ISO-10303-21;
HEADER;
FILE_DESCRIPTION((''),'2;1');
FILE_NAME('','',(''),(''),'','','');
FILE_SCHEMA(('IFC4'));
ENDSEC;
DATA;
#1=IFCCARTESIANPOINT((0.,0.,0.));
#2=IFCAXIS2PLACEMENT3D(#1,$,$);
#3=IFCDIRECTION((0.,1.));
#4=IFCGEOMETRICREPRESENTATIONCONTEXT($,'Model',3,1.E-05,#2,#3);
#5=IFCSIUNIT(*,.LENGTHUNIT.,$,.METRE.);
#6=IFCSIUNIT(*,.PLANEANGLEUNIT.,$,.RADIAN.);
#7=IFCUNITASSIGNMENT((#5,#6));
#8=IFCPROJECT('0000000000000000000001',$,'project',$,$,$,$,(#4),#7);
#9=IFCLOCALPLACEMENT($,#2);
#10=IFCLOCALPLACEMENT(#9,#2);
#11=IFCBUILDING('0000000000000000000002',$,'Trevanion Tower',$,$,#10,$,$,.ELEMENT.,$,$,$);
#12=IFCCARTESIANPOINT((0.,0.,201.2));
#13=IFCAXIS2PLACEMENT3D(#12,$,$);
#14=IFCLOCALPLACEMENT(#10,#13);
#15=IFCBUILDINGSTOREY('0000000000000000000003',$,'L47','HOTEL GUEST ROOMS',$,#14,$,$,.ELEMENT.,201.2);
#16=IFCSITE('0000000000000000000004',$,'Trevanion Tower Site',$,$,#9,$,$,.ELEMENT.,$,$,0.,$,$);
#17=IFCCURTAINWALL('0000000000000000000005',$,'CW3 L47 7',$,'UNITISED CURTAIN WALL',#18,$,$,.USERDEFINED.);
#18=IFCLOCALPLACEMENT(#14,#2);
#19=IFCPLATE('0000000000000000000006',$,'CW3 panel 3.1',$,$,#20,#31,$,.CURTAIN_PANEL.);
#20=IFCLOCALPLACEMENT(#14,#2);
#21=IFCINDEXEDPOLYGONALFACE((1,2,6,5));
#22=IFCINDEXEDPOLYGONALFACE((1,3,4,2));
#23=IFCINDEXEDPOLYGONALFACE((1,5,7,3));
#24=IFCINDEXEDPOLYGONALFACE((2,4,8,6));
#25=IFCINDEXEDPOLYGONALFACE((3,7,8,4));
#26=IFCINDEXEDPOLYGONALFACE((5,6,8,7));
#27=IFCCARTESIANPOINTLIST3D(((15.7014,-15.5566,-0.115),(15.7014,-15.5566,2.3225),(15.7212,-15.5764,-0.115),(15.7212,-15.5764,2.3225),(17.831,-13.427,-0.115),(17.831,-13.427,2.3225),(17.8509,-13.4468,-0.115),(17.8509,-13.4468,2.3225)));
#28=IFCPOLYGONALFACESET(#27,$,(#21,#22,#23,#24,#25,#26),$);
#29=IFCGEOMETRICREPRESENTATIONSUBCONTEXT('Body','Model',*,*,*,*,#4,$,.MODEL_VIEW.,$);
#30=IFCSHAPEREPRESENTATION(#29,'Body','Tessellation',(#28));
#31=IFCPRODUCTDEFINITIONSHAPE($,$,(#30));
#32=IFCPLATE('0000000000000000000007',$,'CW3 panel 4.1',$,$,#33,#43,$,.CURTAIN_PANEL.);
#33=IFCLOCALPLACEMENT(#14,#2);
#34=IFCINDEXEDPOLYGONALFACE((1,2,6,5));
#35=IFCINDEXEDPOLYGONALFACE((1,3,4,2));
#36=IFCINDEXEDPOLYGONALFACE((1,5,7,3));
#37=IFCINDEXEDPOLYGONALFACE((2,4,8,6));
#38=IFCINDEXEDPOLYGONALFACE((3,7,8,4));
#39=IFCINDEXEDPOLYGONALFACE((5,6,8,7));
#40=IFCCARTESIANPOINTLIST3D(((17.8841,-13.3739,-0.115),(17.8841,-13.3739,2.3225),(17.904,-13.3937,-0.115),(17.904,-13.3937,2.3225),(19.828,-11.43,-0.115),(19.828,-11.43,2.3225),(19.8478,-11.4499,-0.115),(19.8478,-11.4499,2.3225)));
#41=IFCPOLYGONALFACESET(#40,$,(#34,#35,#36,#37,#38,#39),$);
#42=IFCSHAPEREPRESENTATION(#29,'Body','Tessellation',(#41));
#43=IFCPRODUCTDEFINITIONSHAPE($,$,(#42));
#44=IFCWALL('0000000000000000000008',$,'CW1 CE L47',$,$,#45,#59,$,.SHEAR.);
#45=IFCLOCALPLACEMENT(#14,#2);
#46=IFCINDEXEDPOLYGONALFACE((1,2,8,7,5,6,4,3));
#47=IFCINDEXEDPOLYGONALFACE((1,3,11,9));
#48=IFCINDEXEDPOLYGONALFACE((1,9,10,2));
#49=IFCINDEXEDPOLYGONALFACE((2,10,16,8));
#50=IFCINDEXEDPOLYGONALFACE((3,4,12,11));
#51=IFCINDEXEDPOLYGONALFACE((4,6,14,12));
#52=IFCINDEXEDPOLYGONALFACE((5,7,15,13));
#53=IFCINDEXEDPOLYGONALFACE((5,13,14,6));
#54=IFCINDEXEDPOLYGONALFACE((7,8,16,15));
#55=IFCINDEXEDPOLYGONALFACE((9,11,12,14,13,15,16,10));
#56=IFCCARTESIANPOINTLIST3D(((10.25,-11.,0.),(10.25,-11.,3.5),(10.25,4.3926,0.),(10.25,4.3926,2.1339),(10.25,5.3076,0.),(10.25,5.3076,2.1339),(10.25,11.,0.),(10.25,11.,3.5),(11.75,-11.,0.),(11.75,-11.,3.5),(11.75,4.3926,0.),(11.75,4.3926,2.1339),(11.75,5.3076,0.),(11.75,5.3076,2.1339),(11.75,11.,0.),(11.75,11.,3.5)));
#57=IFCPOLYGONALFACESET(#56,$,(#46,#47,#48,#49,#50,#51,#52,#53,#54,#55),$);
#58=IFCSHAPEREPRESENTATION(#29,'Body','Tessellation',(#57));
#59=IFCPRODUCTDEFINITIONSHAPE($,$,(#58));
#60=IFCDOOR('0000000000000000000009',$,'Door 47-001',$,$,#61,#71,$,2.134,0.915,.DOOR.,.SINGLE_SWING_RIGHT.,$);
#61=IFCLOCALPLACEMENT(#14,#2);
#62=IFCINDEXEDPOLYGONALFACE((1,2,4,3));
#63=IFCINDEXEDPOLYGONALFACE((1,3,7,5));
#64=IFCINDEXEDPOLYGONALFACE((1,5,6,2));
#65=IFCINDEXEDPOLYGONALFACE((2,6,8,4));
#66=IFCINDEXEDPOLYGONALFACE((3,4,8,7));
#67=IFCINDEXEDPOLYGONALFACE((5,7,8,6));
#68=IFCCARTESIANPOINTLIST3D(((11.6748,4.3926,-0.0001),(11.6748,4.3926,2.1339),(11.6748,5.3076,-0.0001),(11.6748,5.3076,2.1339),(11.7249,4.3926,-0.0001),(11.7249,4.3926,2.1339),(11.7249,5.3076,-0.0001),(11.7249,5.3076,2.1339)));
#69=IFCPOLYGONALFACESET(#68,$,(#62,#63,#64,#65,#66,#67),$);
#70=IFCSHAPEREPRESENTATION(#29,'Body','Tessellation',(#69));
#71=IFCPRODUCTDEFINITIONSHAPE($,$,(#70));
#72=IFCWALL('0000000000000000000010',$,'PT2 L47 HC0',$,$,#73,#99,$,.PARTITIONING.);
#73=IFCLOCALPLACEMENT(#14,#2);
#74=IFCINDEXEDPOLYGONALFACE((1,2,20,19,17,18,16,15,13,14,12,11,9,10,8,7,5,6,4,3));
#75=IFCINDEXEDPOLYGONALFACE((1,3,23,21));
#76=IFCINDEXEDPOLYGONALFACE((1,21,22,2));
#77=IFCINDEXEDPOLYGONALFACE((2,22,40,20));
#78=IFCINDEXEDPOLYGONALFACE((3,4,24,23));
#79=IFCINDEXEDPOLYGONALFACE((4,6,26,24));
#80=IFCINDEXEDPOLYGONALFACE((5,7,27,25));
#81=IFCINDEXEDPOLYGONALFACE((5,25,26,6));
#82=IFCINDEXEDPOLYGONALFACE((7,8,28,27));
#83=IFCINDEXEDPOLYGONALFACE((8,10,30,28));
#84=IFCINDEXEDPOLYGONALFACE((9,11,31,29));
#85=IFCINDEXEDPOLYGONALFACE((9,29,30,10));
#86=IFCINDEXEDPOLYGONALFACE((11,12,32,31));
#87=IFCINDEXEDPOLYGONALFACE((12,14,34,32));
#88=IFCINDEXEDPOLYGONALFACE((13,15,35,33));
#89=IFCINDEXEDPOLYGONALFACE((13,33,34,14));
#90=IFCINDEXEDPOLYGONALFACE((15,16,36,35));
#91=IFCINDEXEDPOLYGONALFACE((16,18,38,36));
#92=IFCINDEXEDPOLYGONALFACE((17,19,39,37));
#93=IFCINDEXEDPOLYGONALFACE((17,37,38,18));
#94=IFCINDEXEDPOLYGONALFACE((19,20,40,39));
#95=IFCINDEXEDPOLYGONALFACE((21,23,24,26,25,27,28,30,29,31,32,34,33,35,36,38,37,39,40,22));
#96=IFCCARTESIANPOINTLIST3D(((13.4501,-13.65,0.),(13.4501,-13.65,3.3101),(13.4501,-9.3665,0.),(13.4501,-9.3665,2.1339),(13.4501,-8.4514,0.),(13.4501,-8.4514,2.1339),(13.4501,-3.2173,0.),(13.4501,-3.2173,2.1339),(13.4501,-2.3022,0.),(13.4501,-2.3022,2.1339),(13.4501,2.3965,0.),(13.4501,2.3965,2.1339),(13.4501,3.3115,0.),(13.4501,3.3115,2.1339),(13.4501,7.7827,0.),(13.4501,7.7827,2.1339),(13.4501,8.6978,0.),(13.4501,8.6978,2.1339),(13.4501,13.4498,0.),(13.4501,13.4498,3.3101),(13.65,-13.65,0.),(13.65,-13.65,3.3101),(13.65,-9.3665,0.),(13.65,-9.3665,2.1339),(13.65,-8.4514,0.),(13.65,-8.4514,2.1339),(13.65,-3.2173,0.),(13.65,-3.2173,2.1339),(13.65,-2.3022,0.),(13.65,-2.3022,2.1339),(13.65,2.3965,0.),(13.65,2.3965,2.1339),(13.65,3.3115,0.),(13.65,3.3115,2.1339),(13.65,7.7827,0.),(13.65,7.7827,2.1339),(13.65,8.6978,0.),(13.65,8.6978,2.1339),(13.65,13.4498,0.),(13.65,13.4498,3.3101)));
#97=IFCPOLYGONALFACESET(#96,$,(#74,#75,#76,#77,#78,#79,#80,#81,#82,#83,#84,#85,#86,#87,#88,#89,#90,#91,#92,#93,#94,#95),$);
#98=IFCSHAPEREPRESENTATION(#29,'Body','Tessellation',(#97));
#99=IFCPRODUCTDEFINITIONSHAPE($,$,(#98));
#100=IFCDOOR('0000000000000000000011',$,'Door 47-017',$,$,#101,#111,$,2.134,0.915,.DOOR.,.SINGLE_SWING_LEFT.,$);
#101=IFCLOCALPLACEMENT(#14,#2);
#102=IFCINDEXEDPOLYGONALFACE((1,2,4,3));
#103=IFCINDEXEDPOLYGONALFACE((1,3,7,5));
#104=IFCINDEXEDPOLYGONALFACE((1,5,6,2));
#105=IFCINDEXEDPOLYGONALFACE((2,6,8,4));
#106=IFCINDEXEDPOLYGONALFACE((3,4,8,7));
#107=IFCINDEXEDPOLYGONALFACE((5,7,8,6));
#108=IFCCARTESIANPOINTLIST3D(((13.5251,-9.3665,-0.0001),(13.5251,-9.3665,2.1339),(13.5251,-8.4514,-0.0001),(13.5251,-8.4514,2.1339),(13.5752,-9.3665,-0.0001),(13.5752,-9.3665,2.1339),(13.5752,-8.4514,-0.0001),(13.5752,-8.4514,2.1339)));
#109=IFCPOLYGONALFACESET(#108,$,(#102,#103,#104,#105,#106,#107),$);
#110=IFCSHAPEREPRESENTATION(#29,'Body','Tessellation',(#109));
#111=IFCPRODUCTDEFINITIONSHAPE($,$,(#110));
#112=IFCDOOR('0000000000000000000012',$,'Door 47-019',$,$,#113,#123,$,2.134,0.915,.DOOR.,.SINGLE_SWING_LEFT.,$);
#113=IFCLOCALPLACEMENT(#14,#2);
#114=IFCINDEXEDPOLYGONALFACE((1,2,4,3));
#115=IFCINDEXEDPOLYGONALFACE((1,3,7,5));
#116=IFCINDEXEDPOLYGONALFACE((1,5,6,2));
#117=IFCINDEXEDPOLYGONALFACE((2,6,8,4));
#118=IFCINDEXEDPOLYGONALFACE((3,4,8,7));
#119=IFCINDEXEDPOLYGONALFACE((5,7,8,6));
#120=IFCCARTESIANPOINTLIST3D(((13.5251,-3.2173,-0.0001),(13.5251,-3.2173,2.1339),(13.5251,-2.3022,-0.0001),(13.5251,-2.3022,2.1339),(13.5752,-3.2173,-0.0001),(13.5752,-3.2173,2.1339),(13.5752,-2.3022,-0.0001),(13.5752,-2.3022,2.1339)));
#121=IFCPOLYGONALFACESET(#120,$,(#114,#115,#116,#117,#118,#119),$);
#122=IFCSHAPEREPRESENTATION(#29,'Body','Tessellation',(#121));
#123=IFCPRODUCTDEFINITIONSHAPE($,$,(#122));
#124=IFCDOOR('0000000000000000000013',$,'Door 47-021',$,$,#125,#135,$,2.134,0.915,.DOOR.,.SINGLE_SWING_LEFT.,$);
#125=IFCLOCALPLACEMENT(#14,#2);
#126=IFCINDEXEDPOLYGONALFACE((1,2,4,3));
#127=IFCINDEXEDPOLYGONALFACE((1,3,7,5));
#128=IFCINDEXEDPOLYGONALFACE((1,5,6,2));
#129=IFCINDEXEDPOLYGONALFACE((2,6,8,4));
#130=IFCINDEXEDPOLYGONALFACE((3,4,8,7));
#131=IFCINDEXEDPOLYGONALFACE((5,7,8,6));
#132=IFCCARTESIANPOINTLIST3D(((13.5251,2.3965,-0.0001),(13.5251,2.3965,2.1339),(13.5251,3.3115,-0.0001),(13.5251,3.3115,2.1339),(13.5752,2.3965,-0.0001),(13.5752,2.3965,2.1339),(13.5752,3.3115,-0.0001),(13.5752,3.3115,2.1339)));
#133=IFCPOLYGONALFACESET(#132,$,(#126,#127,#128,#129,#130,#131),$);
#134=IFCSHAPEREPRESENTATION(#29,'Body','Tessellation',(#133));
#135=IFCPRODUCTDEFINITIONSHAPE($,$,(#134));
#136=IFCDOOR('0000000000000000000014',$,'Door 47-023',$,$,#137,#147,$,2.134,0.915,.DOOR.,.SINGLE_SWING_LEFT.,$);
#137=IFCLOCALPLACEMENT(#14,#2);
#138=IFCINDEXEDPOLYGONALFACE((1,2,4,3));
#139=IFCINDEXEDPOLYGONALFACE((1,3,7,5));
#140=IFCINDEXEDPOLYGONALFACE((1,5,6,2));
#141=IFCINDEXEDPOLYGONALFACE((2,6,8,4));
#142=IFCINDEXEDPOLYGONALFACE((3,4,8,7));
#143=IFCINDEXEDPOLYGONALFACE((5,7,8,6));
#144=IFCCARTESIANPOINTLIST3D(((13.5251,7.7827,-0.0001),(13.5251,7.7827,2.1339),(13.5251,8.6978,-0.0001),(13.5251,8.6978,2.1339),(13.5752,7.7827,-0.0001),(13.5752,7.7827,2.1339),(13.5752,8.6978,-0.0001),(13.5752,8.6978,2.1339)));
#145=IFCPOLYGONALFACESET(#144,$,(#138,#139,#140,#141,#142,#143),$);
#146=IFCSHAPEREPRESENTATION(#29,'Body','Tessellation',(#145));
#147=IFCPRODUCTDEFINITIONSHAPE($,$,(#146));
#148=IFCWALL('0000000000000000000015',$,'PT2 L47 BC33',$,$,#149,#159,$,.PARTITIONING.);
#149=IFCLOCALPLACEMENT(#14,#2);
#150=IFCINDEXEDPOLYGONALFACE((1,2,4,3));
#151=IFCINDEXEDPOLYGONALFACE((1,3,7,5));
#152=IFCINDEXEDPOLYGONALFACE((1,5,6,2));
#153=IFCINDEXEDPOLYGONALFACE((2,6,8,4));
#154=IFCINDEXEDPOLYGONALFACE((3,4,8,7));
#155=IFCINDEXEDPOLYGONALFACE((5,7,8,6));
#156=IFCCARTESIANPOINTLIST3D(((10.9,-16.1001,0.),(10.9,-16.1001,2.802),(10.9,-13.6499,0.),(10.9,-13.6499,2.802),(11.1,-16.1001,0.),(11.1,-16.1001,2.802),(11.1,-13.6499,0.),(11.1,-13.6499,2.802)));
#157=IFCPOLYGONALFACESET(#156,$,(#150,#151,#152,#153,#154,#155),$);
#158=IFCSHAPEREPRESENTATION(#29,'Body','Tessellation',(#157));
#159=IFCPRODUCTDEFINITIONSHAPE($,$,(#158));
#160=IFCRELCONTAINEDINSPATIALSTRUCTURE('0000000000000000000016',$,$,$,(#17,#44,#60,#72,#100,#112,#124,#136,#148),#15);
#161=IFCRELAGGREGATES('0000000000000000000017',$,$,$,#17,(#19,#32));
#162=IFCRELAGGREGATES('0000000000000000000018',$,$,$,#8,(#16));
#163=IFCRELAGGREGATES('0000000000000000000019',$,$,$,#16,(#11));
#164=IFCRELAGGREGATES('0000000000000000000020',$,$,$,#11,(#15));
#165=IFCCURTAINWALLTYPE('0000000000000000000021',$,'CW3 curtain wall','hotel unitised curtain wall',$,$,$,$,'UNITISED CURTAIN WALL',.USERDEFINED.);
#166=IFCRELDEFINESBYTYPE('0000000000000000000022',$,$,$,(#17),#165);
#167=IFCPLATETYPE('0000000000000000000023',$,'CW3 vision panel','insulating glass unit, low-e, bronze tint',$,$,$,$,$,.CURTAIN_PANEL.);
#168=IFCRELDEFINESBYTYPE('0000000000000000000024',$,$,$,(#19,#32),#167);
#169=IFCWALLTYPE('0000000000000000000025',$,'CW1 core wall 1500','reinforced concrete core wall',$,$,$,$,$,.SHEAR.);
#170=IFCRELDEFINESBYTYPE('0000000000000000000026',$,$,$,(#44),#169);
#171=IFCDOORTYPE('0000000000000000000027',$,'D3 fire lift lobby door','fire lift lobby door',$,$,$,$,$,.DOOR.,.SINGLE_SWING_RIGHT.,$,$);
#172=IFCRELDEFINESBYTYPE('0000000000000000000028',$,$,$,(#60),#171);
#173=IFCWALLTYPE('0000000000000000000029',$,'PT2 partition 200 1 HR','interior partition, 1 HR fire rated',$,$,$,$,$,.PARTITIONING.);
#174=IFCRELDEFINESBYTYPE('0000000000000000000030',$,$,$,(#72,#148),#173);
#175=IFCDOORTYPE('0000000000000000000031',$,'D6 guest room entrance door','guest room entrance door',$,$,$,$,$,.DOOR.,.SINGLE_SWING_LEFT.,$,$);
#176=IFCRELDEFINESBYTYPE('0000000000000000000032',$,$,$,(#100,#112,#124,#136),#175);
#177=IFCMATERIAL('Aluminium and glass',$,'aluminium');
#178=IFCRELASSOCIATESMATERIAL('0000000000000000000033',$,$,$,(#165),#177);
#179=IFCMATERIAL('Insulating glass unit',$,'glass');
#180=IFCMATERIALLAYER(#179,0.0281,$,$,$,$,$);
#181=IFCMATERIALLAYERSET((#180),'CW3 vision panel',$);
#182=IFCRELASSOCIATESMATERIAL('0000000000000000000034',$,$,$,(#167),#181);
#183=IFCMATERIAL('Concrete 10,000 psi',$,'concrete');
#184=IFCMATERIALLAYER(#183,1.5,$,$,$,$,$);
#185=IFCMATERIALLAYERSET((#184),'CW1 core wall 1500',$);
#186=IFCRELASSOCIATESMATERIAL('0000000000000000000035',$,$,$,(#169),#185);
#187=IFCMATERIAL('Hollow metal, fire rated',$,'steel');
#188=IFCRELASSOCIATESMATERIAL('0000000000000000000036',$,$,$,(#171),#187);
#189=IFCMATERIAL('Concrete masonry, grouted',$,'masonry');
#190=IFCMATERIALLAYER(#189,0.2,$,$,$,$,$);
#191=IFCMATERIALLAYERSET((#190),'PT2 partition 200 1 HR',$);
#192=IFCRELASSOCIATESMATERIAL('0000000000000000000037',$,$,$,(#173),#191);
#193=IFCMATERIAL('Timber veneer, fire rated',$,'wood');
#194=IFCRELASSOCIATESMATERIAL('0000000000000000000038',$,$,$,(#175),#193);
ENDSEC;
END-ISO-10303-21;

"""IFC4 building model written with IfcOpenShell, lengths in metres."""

from ifc_helpers import new_model, si_unit, direction, frame, frame_2d, origin, origin_2d, place, context, subcontext, project, spatial, rectangle, extrude, material, layer, layer_set, type_object, element, fill, aggregate, save


model = new_model("IFC4")

# Units and contexts
model_context = context("Model", 3, precision=1e-05, world=origin(), true_north=direction((0.0, 1.0)))
body_context = subcontext(model_context, "Body", "Model", "MODEL_VIEW")
ifc_project = project(units=[si_unit("LENGTHUNIT", "METRE"), si_unit("PLANEANGLEUNIT", "RADIAN")], contexts=[model_context])

# Site, building, storey
site_placement = place(None, origin())
site = spatial("IfcSite", under=ifc_project, at=site_placement, Name="Trevanion Tower Site", CompositionType="ELEMENT", RefElevation=0.0)
building_placement = place(site_placement, origin())
building = spatial("IfcBuilding", under=site, at=building_placement, Name="Trevanion Tower", CompositionType="ELEMENT")
storey_placement = place(building_placement, frame((0.0, 0.0, 201.2)))
storey = spatial("IfcBuildingStorey", under=building, at=storey_placement, Name="L47", Description="HOTEL GUEST ROOMS", CompositionType="ELEMENT", Elevation=201.2)

# Curtain wall
ifc_material_1 = material(Name="Aluminium and glass", Category="aluminium")
curtain_wall_type = type_object("IfcCurtainWallType", Name="CW3 curtain wall", Description="hotel unitised curtain wall", ElementType="UNITISED CURTAIN WALL", PredefinedType="USERDEFINED", material=ifc_material_1)
curtain_wall_placement = place(storey_placement, origin())
curtain_wall = element("IfcCurtainWall", 1, at=curtain_wall_placement, inside=storey, type_object=curtain_wall_type, Name="CW3 L47 7", ObjectType="UNITISED CURTAIN WALL", PredefinedType="USERDEFINED")

# Plates
ifc_material_2 = material(Name="Insulating glass unit", Category="glass")
ifc_layer_1 = layer(ifc_material_2, 0.0281)
ifc_layer_set_1 = layer_set([ifc_layer_1], Name="CW3 vision panel")
plate_type_1 = type_object("IfcPlateType", Name="CW3 vision panel", Description="insulating glass unit, low-e, bronze tint", PredefinedType="CURTAIN_PANEL", material=ifc_layer_set_1)
plate_1_placement = place(storey_placement, frame((16.7761, -14.5017, -0.115), z_axis=(0.0, 0.0, 1.0), x_axis=(0.707107, 0.707107, 0.0)))
plate_1 = element("IfcPlate", 2, at=plate_1_placement, type_object=plate_type_1, Name="CW3 panel 3.1", PredefinedType="CURTAIN_PANEL", context=body_context, shape_type="SweptSolid", body=[
    extrude(rectangle(XDim=3.0117, YDim=0.0281, at=origin_2d()), origin(), (0.0, 0.0, 1.0), 2.4375),
])
plate_2_placement = place(storey_placement, frame((18.866, -12.4119, -0.115), z_axis=(0.0, 0.0, 1.0), x_axis=(0.707107, 0.707107, 0.0)))
plate_2 = element("IfcPlate", 3, at=plate_2_placement, type_object=plate_type_1, Name="CW3 panel 4.1", PredefinedType="CURTAIN_PANEL", context=body_context, shape_type="SweptSolid", body=[
    extrude(rectangle(XDim=2.749, YDim=0.0281, at=origin_2d()), origin(), (0.0, 0.0, 1.0), 2.4375),
])
aggregate(curtain_wall, [plate_1, plate_2])

# Wall, opening, door
ifc_material_3 = material(Name="Concrete 10,000 psi", Category="concrete")
ifc_layer_2 = layer(ifc_material_3, 1.5)
ifc_layer_set_2 = layer_set([ifc_layer_2], Name="CW1 core wall 1500")
wall_type_1 = type_object("IfcWallType", Name="CW1 core wall 1500", Description="reinforced concrete core wall", PredefinedType="SHEAR", material=ifc_layer_set_2)
wall_1_placement = place(storey_placement, frame((11.0, -11.0, 0.0), z_axis=(0.0, 0.0, 1.0), x_axis=(0.0, 1.0, 0.0)))
wall_1 = element("IfcWall", 4, at=wall_1_placement, inside=storey, type_object=wall_type_1, Name="CW1 CE L47", PredefinedType="SHEAR", context=body_context, shape_type="SweptSolid", body=[
    extrude(rectangle(XDim=22.0, YDim=1.5, at=frame_2d((11.0, 0.0))), origin(), (0.0, 0.0, 1.0), 3.5),
])
opening_1_placement = place(wall_1_placement, frame((15.3926, 0.0, 0.0)))
opening_1 = element("IfcOpeningElement", 5, at=opening_1_placement, cuts=wall_1, PredefinedType="OPENING", context=body_context, shape_type="SweptSolid", body=[
    extrude(rectangle(XDim=0.915, YDim=2.134, at=frame_2d((0.4575, 1.0669))), frame((0.0, 0.76, 0.0), z_axis=(0.0, -1.0, 0.0), x_axis=(1.0, 0.0, 0.0)), (0.0, 0.0, 1.0), 1.52),
])
ifc_material_4 = material(Name="Hollow metal, fire rated", Category="steel")
door_type_1 = type_object("IfcDoorType", Name="D3 fire lift lobby door", Description="fire lift lobby door", OperationType="SINGLE_SWING_RIGHT", PredefinedType="DOOR", material=ifc_material_4)
door_1_placement = place(opening_1_placement, origin())
door_1 = element("IfcDoor", 6, at=door_1_placement, inside=storey, type_object=door_type_1, Name="Door 47-001", OperationType="SINGLE_SWING_RIGHT", OverallHeight=2.134, OverallWidth=0.915, PredefinedType="DOOR", context=body_context, shape_type="SweptSolid", body=[
    extrude(rectangle(XDim=0.915, YDim=2.134, at=frame_2d((0.4575, 1.0669))), frame((0.0, -0.6748, 0.0), z_axis=(0.0, -1.0, 0.0), x_axis=(1.0, 0.0, 0.0)), (0.0, 0.0, 1.0), 0.05),
])
fill(opening_1, door_1)

# Wall, openings, doors
ifc_material_5 = material(Name="Concrete masonry, grouted", Category="masonry")
ifc_layer_3 = layer(ifc_material_5, 0.2)
ifc_layer_set_3 = layer_set([ifc_layer_3], Name="PT2 partition 200 1 HR")
wall_type_2 = type_object("IfcWallType", Name="PT2 partition 200 1 HR", Description="interior partition, 1 HR fire rated", PredefinedType="PARTITIONING", material=ifc_layer_set_3)
wall_2_placement = place(storey_placement, frame((13.55, -13.6499, 0.0), z_axis=(0.0, 0.0, 1.0), x_axis=(0.0, 1.0, 0.0)))
wall_2 = element("IfcWall", 7, at=wall_2_placement, inside=storey, type_object=wall_type_2, Name="PT2 L47 HC0", PredefinedType="PARTITIONING", context=body_context, shape_type="SweptSolid", body=[
    extrude(rectangle(XDim=27.0999, YDim=0.2, at=frame_2d((13.5498, 0.0))), origin(), (0.0, 0.0, 1.0), 3.3101),
])
opening_2_placement = place(wall_2_placement, frame((4.2834, 0.0, 0.0)))
opening_2 = element("IfcOpeningElement", 8, at=opening_2_placement, cuts=wall_2, PredefinedType="OPENING", context=body_context, shape_type="SweptSolid", body=[
    extrude(rectangle(XDim=0.915, YDim=2.134, at=frame_2d((0.4575, 1.0669))), frame((0.0, 0.1099, 0.0), z_axis=(0.0, -1.0, 0.0), x_axis=(1.0, 0.0, 0.0)), (0.0, 0.0, 1.0), 0.22),
])
opening_3_placement = place(wall_2_placement, frame((10.4326, 0.0, 0.0)))
opening_3 = element("IfcOpeningElement", 9, at=opening_3_placement, cuts=wall_2, PredefinedType="OPENING", context=body_context, shape_type="SweptSolid", body=[
    extrude(rectangle(XDim=0.915, YDim=2.134, at=frame_2d((0.4575, 1.0669))), frame((0.0, 0.1099, 0.0), z_axis=(0.0, -1.0, 0.0), x_axis=(1.0, 0.0, 0.0)), (0.0, 0.0, 1.0), 0.22),
])
opening_4_placement = place(wall_2_placement, frame((16.0464, 0.0, 0.0)))
opening_4 = element("IfcOpeningElement", 10, at=opening_4_placement, cuts=wall_2, PredefinedType="OPENING", context=body_context, shape_type="SweptSolid", body=[
    extrude(rectangle(XDim=0.915, YDim=2.134, at=frame_2d((0.4575, 1.0669))), frame((0.0, 0.1099, 0.0), z_axis=(0.0, -1.0, 0.0), x_axis=(1.0, 0.0, 0.0)), (0.0, 0.0, 1.0), 0.22),
])
opening_5_placement = place(wall_2_placement, frame((21.4326, 0.0, 0.0)))
opening_5 = element("IfcOpeningElement", 11, at=opening_5_placement, cuts=wall_2, PredefinedType="OPENING", context=body_context, shape_type="SweptSolid", body=[
    extrude(rectangle(XDim=0.915, YDim=2.134, at=frame_2d((0.4575, 1.0669))), frame((0.0, 0.1099, 0.0), z_axis=(0.0, -1.0, 0.0), x_axis=(1.0, 0.0, 0.0)), (0.0, 0.0, 1.0), 0.22),
])
ifc_material_6 = material(Name="Timber veneer, fire rated", Category="wood")
door_type_2 = type_object("IfcDoorType", Name="D6 guest room entrance door", Description="guest room entrance door", OperationType="SINGLE_SWING_LEFT", PredefinedType="DOOR", material=ifc_material_6)
door_2_placement = place(opening_2_placement, origin())
door_2 = element("IfcDoor", 12, at=door_2_placement, inside=storey, type_object=door_type_2, Name="Door 47-017", OperationType="SINGLE_SWING_LEFT", OverallHeight=2.134, OverallWidth=0.915, PredefinedType="DOOR", context=body_context, shape_type="SweptSolid", body=[
    extrude(rectangle(XDim=0.915, YDim=2.134, at=frame_2d((0.4575, 1.0669))), frame((0.0, 0.0249, 0.0), z_axis=(0.0, -1.0, 0.0), x_axis=(1.0, 0.0, 0.0)), (0.0, 0.0, 1.0), 0.05),
])
fill(opening_2, door_2)
door_3_placement = place(opening_3_placement, origin())
door_3 = element("IfcDoor", 13, at=door_3_placement, inside=storey, type_object=door_type_2, Name="Door 47-019", OperationType="SINGLE_SWING_LEFT", OverallHeight=2.134, OverallWidth=0.915, PredefinedType="DOOR", context=body_context, shape_type="SweptSolid", body=[
    extrude(rectangle(XDim=0.915, YDim=2.134, at=frame_2d((0.4575, 1.0669))), frame((0.0, 0.0249, 0.0), z_axis=(0.0, -1.0, 0.0), x_axis=(1.0, 0.0, 0.0)), (0.0, 0.0, 1.0), 0.05),
])
fill(opening_3, door_3)
door_4_placement = place(opening_4_placement, origin())
door_4 = element("IfcDoor", 14, at=door_4_placement, inside=storey, type_object=door_type_2, Name="Door 47-021", OperationType="SINGLE_SWING_LEFT", OverallHeight=2.134, OverallWidth=0.915, PredefinedType="DOOR", context=body_context, shape_type="SweptSolid", body=[
    extrude(rectangle(XDim=0.915, YDim=2.134, at=frame_2d((0.4575, 1.0669))), frame((0.0, 0.0249, 0.0), z_axis=(0.0, -1.0, 0.0), x_axis=(1.0, 0.0, 0.0)), (0.0, 0.0, 1.0), 0.05),
])
fill(opening_4, door_4)
door_5_placement = place(opening_5_placement, origin())
door_5 = element("IfcDoor", 15, at=door_5_placement, inside=storey, type_object=door_type_2, Name="Door 47-023", OperationType="SINGLE_SWING_LEFT", OverallHeight=2.134, OverallWidth=0.915, PredefinedType="DOOR", context=body_context, shape_type="SweptSolid", body=[
    extrude(rectangle(XDim=0.915, YDim=2.134, at=frame_2d((0.4575, 1.0669))), frame((0.0, 0.0249, 0.0), z_axis=(0.0, -1.0, 0.0), x_axis=(1.0, 0.0, 0.0)), (0.0, 0.0, 1.0), 0.05),
])
fill(opening_5, door_5)

# Wall
wall_3_placement = place(storey_placement, frame((11.0, -13.6499, 0.0), z_axis=(0.0, 0.0, 1.0), x_axis=(0.0, -1.0, 0.0)))
element("IfcWall", 16, at=wall_3_placement, inside=storey, type_object=wall_type_2, Name="PT2 L47 BC33", PredefinedType="PARTITIONING", context=body_context, shape_type="SweptSolid", body=[
    extrude(rectangle(XDim=2.4502, YDim=0.2, at=frame_2d((1.2251, 0.0))), origin(), (0.0, 0.0, 1.0), 2.802),
])

save(model, "model.ifc")
